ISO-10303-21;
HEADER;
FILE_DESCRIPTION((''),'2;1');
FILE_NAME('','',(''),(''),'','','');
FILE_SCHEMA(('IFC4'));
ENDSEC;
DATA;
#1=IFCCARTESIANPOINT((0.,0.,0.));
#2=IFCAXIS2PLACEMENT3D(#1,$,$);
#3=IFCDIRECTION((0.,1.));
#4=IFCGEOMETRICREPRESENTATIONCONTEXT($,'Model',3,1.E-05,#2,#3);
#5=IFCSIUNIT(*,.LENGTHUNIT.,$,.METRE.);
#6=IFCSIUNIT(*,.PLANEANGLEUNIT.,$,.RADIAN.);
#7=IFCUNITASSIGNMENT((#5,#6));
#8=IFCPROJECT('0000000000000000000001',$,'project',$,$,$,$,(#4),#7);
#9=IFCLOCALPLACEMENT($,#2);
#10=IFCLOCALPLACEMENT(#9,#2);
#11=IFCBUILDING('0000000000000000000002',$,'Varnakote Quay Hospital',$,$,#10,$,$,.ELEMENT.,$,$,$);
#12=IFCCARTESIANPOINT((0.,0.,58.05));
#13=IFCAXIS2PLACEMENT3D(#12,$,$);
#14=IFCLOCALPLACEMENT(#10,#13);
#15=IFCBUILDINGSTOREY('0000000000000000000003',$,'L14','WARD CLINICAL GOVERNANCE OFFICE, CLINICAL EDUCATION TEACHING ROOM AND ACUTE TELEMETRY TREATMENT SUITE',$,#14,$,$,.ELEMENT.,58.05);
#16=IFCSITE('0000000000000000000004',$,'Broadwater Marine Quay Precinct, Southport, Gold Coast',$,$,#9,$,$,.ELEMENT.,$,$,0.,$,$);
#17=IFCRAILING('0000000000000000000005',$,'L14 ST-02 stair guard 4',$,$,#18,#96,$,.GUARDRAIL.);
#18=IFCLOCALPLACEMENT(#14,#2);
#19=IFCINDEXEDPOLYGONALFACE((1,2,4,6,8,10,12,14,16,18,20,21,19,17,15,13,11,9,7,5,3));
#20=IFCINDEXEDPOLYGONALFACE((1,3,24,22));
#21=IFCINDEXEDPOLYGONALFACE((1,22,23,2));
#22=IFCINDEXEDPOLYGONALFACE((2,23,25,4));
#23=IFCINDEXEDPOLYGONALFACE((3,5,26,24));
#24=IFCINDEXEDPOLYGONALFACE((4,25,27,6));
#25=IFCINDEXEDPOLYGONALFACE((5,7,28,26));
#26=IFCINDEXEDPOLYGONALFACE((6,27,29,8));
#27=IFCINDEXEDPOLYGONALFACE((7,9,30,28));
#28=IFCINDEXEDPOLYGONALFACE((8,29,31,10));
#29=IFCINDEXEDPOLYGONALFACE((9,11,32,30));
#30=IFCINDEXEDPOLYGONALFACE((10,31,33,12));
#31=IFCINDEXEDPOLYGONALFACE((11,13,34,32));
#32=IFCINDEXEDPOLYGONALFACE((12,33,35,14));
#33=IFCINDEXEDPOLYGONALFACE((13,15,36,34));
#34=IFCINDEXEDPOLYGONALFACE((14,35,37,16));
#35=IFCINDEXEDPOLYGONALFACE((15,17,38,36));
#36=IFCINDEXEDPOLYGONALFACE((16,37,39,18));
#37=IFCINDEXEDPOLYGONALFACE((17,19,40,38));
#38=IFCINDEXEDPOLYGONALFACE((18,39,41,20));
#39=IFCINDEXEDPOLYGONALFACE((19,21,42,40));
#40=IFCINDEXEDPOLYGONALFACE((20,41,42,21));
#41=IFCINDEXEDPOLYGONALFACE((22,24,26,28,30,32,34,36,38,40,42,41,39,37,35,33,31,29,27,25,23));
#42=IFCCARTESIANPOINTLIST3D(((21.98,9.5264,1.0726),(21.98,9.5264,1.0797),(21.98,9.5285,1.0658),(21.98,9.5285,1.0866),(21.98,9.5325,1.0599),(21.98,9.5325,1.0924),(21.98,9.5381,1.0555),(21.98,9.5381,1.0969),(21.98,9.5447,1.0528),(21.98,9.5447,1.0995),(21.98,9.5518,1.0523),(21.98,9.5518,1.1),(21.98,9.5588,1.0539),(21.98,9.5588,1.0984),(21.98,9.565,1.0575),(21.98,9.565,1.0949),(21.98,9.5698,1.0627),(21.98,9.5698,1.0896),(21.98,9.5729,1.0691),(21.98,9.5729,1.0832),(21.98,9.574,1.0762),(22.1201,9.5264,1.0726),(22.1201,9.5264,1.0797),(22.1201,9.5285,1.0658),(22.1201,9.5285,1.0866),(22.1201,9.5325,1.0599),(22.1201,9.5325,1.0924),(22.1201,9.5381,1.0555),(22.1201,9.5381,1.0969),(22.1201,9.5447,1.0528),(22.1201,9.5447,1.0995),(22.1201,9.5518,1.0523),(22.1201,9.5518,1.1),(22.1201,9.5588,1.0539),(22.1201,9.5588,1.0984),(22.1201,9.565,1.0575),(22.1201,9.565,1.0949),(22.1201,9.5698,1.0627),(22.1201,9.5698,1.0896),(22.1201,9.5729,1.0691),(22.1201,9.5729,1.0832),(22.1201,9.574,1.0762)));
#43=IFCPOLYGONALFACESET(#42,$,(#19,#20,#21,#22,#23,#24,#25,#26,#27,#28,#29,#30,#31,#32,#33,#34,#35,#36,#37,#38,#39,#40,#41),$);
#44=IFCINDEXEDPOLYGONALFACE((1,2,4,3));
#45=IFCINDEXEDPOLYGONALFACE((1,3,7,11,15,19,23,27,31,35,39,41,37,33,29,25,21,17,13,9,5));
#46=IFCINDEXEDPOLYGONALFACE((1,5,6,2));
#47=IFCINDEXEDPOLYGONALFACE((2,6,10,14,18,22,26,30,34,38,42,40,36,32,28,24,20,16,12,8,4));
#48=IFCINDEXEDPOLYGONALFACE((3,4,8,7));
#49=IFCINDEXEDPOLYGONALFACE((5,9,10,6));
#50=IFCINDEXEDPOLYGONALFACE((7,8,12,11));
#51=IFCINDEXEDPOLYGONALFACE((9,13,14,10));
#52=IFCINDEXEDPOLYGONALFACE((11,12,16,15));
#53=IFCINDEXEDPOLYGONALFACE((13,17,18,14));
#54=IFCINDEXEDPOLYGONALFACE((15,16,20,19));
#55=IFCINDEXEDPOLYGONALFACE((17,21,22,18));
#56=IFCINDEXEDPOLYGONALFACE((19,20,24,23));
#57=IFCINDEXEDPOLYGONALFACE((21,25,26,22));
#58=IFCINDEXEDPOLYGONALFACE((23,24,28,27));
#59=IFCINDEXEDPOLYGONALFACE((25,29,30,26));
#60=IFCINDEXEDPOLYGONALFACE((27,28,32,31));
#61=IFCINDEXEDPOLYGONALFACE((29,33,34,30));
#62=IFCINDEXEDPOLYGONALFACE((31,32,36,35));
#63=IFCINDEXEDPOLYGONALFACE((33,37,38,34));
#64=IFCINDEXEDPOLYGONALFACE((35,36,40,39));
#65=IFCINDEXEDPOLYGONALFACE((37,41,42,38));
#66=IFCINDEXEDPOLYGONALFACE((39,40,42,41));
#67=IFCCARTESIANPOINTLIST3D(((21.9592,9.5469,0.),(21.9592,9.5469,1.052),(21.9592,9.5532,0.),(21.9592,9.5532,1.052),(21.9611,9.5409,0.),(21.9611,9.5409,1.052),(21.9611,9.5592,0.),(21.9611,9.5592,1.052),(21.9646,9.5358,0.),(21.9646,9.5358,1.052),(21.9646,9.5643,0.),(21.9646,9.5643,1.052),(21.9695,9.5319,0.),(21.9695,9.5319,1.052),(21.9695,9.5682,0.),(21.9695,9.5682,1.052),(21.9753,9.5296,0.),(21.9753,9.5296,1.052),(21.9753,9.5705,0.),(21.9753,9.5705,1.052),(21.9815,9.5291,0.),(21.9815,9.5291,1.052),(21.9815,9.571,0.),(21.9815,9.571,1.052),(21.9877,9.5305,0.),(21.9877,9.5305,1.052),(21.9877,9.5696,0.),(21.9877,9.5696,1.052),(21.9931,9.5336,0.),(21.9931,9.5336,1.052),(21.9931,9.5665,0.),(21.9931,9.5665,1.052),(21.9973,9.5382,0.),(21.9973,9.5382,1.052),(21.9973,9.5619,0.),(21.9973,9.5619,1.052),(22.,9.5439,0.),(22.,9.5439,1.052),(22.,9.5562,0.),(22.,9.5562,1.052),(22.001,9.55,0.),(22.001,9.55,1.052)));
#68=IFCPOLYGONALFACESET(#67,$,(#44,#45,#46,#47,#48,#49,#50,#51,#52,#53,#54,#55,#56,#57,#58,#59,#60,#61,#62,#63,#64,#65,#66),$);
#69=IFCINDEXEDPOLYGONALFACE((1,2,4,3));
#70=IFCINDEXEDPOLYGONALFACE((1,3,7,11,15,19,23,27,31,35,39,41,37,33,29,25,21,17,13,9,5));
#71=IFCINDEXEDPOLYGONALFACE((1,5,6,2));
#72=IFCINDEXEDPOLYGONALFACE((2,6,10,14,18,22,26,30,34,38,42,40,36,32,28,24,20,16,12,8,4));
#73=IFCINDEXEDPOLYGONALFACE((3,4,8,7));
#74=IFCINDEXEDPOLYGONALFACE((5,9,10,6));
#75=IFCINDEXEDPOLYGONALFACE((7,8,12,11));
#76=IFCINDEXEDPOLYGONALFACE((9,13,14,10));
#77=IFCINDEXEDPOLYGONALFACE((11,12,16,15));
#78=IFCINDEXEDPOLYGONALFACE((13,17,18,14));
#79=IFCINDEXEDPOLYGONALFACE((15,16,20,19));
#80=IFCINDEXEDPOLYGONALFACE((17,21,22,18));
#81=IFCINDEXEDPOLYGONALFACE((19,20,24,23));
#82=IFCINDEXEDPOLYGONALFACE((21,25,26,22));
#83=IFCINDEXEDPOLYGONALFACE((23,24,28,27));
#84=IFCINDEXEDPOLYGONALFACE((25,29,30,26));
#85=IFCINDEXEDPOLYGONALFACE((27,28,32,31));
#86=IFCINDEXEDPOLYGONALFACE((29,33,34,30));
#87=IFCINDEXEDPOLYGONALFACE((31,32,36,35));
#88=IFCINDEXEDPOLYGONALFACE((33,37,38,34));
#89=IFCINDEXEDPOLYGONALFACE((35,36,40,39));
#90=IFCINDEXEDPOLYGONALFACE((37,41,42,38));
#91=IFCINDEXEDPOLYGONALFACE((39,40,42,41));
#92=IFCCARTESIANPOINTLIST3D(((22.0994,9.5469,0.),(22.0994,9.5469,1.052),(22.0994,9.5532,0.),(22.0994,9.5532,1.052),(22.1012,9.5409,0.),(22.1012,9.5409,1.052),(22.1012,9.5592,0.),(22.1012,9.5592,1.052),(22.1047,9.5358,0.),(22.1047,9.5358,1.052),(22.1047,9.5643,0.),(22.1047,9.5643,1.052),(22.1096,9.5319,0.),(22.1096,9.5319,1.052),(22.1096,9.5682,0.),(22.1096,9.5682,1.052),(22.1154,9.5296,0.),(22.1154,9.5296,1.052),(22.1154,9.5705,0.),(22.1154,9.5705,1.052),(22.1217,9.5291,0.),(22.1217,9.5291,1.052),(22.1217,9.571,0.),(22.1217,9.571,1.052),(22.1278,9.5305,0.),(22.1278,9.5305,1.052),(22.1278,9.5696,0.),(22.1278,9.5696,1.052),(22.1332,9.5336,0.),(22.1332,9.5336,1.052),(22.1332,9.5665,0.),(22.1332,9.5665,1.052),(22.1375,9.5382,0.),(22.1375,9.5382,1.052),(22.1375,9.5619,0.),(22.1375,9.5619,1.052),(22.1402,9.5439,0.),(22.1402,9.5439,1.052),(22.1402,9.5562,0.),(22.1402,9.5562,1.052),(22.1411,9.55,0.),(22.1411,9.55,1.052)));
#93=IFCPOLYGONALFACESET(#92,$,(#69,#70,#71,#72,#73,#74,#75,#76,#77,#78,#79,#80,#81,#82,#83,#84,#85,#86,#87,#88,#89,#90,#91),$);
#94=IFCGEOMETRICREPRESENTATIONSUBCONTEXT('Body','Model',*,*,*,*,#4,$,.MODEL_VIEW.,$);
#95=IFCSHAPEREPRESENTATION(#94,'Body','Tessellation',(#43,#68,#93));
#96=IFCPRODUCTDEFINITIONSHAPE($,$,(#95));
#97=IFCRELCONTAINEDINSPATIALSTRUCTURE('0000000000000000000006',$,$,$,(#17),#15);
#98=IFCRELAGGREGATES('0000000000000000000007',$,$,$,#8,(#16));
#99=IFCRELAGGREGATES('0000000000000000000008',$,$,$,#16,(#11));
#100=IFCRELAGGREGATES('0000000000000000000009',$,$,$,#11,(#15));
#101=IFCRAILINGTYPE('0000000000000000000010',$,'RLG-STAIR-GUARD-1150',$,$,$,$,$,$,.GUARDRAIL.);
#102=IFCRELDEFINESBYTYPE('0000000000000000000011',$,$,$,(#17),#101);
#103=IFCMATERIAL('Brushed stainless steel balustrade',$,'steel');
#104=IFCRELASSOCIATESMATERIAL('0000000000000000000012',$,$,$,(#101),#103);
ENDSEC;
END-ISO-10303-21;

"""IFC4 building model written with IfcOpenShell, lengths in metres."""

from ifc_helpers import new_model, si_unit, direction, frame, origin, origin_2d, place, context, subcontext, project, spatial, circle, extrude, material, type_object, element, save


model = new_model("IFC4")

# Units and contexts
model_context = context("Model", 3, precision=1e-05, world=origin(), true_north=direction((0.0, 1.0)))
body_context = subcontext(model_context, "Body", "Model", "MODEL_VIEW")
ifc_project = project(units=[si_unit("LENGTHUNIT", "METRE"), si_unit("PLANEANGLEUNIT", "RADIAN")], contexts=[model_context])

# Site, building, storey
site_placement = place(None, origin())
site = spatial("IfcSite", under=ifc_project, at=site_placement, Name="Broadwater Marine Quay Precinct, Southport, Gold Coast", CompositionType="ELEMENT", RefElevation=0.0)
building_placement = place(site_placement, origin())
building = spatial("IfcBuilding", under=site, at=building_placement, Name="Varnakote Quay Hospital", CompositionType="ELEMENT")
storey_placement = place(building_placement, frame((0.0, 0.0, 58.05)))
storey = spatial("IfcBuildingStorey", under=building, at=storey_placement, Name="L14", Description="WARD CLINICAL GOVERNANCE OFFICE, CLINICAL EDUCATION TEACHING ROOM AND ACUTE TELEMETRY TREATMENT SUITE", CompositionType="ELEMENT", Elevation=58.05)

# Railing
ifc_material_1 = material(Name="Brushed stainless steel balustrade", Category="steel")
railing_type_1 = type_object("IfcRailingType", Name="RLG-STAIR-GUARD-1150", PredefinedType="GUARDRAIL", material=ifc_material_1)
railing_1_placement = place(storey_placement, frame((21.98, 9.55, 0.0)))
element("IfcRailing", 1, at=railing_1_placement, inside=storey, type_object=railing_type_1, Name="L14 ST-02 stair guard 4", PredefinedType="GUARDRAIL", context=body_context, shape_type="SweptSolid", body=[
    extrude(circle(Radius=0.0239, at=origin_2d()), frame((0.0, 0.0, 1.0762), z_axis=(1.0, 0.0, 0.0), x_axis=(0.0, 1.0, 0.0)), (0.0, 0.0, 1.0), 0.1401),
    extrude(circle(Radius=0.021, at=origin_2d()), origin(), (0.0, 0.0, 1.0), 1.052),
    extrude(circle(Radius=0.021, at=origin_2d()), frame((0.1401, 0.0, 0.0)), (0.0, 0.0, 1.0), 1.052),
])

save(model, "model.ifc")
